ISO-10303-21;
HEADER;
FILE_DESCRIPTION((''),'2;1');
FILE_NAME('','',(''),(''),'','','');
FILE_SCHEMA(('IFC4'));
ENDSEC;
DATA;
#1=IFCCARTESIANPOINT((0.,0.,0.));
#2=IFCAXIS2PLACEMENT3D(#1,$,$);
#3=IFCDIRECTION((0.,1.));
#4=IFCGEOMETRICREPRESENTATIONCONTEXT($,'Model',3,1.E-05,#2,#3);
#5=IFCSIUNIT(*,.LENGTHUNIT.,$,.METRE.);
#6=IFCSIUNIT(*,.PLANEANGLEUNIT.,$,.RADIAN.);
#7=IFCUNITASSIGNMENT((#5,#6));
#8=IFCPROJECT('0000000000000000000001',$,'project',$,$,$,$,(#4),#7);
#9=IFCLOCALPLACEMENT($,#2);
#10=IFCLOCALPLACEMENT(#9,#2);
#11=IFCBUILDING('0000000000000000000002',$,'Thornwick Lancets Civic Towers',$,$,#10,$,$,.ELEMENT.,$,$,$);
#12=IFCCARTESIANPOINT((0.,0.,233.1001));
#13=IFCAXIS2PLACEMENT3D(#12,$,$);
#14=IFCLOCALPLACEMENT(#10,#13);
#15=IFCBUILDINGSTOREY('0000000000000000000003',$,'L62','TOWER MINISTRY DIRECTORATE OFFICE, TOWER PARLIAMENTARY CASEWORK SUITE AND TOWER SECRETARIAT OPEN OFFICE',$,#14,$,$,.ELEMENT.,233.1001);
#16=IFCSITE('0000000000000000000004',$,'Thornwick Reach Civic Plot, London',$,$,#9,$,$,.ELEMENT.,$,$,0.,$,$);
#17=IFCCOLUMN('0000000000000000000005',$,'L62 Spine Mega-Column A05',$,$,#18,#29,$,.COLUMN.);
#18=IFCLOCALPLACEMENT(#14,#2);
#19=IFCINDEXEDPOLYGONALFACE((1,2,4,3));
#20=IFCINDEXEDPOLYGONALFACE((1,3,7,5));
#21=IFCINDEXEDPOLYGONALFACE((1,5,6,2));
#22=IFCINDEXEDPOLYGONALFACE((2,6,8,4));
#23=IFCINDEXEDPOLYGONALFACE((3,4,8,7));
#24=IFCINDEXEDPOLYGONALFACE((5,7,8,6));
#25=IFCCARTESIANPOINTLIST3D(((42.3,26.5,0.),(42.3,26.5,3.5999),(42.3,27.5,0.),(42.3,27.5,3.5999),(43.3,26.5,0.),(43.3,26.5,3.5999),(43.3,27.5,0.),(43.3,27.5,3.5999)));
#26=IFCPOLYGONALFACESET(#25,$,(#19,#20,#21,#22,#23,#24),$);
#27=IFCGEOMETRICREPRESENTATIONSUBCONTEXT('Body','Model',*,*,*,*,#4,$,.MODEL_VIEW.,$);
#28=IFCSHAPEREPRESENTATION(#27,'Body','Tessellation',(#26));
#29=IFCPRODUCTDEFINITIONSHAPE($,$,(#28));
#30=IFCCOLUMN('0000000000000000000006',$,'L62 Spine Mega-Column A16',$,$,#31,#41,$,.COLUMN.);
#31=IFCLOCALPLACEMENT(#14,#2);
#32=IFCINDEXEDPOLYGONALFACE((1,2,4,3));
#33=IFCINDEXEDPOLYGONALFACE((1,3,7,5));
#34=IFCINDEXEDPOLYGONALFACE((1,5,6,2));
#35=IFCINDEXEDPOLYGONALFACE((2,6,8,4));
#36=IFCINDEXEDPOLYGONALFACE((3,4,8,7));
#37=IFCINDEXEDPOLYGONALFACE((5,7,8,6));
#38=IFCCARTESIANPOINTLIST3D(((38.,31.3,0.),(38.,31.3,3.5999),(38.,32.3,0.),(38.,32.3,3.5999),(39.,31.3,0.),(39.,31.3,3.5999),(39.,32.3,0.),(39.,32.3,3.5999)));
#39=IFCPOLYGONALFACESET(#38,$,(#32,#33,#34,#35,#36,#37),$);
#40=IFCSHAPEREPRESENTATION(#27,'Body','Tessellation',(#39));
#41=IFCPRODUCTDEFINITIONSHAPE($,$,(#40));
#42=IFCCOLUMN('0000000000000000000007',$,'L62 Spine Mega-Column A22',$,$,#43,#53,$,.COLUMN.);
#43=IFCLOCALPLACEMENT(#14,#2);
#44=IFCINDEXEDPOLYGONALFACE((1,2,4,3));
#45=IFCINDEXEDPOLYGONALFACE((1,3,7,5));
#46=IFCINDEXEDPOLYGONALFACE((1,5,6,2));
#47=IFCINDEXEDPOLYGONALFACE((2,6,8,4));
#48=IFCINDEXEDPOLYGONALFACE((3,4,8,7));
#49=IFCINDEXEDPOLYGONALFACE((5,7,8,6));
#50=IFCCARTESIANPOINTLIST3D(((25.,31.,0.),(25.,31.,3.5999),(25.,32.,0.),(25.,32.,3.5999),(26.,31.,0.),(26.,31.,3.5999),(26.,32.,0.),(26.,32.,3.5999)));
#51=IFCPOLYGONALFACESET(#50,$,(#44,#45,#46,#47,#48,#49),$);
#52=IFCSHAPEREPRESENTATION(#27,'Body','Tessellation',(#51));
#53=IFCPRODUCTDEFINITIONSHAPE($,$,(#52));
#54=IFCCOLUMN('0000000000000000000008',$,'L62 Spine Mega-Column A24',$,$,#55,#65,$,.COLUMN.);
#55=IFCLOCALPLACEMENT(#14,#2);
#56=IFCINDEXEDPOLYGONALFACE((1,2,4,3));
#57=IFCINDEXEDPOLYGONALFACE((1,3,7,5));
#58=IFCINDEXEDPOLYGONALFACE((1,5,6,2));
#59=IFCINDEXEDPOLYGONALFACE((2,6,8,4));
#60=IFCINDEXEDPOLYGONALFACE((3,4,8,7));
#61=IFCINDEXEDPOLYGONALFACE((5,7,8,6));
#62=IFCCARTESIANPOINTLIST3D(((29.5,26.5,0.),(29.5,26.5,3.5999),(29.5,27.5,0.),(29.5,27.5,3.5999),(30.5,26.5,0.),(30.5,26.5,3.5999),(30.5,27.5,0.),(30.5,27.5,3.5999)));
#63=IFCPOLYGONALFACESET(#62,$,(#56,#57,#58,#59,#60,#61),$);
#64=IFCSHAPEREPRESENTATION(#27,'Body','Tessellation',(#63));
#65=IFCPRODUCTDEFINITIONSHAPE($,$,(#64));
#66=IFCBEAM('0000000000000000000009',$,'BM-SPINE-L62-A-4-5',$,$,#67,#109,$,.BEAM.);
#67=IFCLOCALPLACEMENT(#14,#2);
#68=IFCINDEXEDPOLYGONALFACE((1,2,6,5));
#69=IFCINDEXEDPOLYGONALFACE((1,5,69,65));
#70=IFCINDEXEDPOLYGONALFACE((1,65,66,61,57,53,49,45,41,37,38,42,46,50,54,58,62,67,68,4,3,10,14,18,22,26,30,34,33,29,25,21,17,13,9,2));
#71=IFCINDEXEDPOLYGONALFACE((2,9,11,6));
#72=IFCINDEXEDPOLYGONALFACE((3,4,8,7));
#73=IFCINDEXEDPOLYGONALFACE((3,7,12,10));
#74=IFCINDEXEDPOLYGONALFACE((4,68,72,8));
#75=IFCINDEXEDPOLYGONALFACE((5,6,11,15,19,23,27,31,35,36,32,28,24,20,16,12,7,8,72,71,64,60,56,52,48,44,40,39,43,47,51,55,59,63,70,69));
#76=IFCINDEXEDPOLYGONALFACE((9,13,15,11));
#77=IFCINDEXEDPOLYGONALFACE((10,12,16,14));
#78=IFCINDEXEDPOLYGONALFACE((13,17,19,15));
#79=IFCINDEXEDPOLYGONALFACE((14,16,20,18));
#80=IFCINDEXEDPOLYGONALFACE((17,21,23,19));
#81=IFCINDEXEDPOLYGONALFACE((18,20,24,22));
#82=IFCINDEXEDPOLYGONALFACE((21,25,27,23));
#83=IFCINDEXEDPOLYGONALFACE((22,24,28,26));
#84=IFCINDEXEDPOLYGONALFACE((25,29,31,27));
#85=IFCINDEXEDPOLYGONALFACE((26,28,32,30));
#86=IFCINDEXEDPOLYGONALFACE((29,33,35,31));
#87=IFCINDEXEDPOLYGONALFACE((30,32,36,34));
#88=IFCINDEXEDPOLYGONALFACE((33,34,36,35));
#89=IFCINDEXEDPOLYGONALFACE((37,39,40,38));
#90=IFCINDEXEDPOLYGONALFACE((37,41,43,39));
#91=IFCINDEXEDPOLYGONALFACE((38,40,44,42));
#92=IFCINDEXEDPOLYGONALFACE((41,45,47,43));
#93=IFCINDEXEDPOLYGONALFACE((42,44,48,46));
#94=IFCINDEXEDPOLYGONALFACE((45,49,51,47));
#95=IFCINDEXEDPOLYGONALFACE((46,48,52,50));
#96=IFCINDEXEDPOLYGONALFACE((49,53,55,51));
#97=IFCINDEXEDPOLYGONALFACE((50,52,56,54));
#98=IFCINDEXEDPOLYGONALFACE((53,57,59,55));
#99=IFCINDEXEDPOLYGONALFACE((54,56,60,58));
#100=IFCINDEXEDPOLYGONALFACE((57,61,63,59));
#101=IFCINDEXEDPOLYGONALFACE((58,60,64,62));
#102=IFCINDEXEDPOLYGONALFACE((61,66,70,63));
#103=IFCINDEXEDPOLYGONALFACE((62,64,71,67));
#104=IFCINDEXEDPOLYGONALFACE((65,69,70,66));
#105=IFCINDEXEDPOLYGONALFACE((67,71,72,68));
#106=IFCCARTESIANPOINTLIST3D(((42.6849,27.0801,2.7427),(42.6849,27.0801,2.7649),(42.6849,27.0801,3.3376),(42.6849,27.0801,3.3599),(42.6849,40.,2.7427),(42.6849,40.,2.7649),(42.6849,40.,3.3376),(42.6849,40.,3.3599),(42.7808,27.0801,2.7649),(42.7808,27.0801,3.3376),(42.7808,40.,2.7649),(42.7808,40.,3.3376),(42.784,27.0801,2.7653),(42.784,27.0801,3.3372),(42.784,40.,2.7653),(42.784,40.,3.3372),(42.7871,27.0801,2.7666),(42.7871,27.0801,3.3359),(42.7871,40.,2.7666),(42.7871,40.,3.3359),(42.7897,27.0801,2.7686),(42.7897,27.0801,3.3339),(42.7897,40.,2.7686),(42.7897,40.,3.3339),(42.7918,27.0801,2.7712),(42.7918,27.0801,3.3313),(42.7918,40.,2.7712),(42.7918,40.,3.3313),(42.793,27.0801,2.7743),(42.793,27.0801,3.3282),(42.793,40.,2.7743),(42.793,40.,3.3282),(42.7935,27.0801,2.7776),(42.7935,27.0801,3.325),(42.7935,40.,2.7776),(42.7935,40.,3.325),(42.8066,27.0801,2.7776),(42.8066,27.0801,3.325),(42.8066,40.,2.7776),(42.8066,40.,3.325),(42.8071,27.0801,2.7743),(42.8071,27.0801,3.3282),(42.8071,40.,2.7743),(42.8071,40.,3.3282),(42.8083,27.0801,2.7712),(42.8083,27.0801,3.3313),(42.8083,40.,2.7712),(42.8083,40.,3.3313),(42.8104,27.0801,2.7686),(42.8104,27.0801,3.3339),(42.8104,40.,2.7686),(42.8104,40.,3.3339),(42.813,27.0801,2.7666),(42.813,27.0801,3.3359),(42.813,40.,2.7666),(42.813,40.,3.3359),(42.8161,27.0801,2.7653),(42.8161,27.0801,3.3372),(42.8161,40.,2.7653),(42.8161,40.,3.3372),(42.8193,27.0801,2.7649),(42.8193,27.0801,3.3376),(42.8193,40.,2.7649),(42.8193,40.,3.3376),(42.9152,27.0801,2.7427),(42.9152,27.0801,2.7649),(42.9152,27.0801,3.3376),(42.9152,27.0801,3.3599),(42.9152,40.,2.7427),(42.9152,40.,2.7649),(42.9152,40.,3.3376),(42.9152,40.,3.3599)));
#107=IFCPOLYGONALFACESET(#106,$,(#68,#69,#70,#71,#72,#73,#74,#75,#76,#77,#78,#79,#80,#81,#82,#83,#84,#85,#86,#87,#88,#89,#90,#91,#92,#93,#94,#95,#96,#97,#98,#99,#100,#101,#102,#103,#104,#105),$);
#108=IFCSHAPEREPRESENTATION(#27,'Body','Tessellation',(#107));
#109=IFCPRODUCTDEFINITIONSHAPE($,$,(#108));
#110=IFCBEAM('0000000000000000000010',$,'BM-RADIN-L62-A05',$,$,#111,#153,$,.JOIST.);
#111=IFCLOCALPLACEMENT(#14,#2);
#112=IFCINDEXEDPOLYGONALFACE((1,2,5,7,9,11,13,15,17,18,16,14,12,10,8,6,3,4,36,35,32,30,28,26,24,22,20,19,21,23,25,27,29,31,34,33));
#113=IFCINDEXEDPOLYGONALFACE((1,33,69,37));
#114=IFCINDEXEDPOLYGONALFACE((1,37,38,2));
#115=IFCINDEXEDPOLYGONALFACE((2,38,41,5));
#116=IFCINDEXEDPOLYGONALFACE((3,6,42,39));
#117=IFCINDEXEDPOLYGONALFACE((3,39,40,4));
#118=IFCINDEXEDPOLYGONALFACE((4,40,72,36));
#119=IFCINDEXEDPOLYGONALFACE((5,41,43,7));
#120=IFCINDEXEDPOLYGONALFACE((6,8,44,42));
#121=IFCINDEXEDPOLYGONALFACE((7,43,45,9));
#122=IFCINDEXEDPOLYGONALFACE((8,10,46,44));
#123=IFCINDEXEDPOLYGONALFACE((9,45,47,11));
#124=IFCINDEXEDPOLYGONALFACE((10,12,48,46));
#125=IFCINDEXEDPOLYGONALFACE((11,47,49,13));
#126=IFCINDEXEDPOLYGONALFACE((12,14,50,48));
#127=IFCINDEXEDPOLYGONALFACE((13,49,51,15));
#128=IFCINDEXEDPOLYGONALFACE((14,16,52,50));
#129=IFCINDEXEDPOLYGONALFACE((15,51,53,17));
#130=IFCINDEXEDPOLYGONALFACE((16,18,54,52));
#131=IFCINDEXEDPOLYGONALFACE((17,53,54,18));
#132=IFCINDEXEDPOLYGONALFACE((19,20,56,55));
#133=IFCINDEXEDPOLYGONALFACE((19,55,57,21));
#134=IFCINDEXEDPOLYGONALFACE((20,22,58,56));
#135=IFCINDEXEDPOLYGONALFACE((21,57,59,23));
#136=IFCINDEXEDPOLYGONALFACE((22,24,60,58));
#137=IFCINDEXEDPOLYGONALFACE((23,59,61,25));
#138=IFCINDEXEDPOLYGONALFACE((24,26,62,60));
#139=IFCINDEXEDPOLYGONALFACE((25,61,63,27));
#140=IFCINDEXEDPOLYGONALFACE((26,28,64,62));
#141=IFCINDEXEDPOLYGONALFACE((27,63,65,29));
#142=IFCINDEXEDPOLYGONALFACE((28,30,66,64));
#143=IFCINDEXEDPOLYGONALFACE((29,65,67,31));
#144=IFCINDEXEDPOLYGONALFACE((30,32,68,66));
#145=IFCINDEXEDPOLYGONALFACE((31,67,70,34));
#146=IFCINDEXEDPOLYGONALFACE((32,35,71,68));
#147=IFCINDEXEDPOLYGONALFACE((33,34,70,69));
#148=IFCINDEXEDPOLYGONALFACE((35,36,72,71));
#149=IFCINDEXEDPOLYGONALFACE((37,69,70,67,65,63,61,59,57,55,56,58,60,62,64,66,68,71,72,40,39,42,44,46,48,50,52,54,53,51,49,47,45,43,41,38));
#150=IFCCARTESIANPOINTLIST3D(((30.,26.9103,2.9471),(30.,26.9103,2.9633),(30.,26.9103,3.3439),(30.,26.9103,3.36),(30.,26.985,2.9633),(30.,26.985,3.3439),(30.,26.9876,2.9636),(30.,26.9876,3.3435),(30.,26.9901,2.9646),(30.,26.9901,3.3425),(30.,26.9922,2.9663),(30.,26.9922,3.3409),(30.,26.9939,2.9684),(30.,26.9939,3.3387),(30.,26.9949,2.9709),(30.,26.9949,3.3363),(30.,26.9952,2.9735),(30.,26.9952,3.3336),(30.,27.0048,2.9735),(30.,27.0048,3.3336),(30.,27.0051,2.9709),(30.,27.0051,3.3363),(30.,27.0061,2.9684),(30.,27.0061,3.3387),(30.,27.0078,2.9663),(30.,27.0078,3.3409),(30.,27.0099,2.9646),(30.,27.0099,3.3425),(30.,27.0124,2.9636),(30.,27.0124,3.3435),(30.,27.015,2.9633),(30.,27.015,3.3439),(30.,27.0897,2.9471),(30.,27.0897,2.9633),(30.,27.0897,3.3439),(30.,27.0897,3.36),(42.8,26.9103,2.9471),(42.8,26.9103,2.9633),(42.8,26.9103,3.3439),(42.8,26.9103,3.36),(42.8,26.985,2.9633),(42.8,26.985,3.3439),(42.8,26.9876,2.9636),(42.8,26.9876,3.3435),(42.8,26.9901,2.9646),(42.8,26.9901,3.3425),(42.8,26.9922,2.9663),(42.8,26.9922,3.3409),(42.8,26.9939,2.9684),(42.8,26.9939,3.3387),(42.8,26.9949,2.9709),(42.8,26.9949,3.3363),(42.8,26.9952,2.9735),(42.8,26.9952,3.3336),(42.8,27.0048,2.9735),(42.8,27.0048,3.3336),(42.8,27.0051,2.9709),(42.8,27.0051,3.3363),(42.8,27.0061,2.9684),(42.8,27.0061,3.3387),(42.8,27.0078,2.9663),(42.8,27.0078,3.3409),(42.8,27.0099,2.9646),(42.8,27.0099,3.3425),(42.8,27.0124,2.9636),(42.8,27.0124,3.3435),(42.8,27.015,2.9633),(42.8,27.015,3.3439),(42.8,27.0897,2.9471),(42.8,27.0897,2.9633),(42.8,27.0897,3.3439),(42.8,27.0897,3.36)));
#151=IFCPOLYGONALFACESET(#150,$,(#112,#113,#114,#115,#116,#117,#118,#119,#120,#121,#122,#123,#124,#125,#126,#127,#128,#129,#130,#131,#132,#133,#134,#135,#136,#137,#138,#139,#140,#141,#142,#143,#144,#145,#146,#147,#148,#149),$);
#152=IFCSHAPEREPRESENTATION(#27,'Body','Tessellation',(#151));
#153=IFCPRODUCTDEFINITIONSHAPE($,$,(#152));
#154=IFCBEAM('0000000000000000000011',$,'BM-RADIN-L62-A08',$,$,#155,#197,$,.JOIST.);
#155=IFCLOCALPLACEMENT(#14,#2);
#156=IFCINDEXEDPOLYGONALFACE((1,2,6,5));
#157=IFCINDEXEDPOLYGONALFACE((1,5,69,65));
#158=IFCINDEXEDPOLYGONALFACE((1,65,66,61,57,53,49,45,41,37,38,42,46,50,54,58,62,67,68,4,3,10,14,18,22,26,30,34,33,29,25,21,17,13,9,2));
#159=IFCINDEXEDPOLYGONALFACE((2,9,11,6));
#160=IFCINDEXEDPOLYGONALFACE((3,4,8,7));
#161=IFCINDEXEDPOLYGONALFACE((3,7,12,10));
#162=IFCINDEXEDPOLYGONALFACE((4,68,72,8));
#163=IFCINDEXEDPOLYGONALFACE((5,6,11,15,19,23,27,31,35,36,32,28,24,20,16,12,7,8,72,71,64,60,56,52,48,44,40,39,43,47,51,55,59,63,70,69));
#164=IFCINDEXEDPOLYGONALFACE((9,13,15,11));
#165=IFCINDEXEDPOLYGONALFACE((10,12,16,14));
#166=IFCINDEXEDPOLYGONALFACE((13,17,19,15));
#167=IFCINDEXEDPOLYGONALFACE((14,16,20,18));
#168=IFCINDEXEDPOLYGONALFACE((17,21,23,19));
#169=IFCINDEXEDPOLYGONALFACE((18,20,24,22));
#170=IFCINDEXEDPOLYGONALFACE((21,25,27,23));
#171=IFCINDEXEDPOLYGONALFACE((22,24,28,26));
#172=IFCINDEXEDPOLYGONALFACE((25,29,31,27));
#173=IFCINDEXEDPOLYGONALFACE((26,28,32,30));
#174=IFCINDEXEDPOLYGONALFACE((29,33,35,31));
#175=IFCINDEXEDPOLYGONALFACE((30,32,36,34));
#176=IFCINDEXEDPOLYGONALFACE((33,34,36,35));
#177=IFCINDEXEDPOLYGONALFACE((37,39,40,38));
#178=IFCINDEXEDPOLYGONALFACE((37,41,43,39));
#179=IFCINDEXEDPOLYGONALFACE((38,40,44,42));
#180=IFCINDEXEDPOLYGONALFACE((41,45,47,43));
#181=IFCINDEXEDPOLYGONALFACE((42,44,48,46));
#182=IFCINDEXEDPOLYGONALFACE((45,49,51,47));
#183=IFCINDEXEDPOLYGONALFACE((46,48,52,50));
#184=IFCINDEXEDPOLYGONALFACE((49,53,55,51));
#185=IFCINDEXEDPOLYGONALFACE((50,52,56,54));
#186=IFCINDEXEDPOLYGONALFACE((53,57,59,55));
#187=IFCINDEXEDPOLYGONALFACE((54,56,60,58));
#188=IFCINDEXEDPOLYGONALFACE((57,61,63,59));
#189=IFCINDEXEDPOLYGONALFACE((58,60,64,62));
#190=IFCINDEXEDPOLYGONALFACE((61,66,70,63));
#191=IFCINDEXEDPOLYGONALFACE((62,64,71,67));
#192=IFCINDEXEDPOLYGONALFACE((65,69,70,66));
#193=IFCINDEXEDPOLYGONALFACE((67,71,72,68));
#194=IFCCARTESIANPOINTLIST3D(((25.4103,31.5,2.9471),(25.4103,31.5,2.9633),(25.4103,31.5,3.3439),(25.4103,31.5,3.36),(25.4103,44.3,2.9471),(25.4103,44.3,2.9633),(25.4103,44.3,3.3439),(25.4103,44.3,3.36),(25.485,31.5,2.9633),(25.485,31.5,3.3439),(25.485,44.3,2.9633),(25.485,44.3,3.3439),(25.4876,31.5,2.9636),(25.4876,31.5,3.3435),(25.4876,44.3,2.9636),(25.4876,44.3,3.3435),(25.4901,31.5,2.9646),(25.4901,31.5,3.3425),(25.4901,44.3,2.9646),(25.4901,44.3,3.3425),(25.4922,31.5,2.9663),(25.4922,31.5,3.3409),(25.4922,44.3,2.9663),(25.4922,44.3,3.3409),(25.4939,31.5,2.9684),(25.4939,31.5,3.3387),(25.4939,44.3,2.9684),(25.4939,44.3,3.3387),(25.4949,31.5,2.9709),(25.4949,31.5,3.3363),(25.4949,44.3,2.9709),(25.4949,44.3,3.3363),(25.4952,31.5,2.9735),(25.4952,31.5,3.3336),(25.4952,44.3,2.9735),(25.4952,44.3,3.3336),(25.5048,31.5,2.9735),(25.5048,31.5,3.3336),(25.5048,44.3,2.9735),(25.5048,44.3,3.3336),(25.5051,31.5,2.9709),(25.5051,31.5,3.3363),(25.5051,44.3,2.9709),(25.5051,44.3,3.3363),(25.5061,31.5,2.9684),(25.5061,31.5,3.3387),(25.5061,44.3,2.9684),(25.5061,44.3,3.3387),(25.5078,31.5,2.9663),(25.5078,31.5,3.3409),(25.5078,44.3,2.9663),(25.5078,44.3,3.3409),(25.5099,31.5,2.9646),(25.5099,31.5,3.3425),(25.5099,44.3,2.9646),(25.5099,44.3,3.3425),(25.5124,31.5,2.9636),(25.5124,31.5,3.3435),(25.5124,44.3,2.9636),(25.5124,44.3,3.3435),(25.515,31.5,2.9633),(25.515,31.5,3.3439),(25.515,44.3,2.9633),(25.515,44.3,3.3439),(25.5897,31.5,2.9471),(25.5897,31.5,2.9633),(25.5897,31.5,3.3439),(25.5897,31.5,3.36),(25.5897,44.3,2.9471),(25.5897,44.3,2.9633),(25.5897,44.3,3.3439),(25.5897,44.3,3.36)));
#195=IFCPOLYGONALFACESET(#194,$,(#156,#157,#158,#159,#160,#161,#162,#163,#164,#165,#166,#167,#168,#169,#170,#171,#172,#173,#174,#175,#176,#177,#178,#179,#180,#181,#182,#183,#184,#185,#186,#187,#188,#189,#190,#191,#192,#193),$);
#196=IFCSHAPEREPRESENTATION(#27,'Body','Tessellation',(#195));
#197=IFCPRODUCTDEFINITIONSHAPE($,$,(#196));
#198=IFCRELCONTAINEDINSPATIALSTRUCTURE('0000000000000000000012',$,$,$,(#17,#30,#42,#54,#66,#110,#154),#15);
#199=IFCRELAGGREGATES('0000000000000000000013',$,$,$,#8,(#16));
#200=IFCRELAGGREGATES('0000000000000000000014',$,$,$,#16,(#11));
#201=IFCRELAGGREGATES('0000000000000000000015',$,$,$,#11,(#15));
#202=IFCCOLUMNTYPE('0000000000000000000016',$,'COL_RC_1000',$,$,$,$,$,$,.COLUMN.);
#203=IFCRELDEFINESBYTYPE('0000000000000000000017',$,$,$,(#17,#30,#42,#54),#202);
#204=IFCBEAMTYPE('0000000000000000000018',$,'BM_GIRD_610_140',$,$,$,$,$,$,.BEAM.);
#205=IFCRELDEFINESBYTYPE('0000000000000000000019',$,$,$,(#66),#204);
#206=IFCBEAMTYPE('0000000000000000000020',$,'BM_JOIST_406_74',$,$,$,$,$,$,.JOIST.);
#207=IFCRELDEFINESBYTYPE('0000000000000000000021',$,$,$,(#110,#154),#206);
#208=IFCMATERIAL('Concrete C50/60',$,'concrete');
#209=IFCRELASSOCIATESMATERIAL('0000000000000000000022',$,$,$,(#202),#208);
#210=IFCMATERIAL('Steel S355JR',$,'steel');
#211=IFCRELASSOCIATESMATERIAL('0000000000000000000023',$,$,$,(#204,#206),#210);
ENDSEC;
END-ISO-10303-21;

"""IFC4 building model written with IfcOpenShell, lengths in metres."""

from ifc_helpers import new_model, si_unit, direction, frame, origin, origin_2d, place, context, subcontext, project, spatial, rectangle, i_section, extrude, material, material_profile, profile_set, type_object, element, save


model = new_model("IFC4")

# Units and contexts
model_context = context("Model", 3, precision=1e-05, world=origin(), true_north=direction((0.0, 1.0)))
body_context = subcontext(model_context, "Body", "Model", "MODEL_VIEW")
ifc_project = project(units=[si_unit("LENGTHUNIT", "METRE"), si_unit("PLANEANGLEUNIT", "RADIAN")], contexts=[model_context])

# Site, building, storey
site_placement = place(None, origin())
site = spatial("IfcSite", under=ifc_project, at=site_placement, Name="Thornwick Reach Civic Plot, London", CompositionType="ELEMENT", RefElevation=0.0)
building_placement = place(site_placement, origin())
building = spatial("IfcBuilding", under=site, at=building_placement, Name="Thornwick Lancets Civic Towers", CompositionType="ELEMENT")
storey_placement = place(building_placement, frame((0.0, 0.0, 233.1001)))
storey = spatial("IfcBuildingStorey", under=building, at=storey_placement, Name="L62", Description="TOWER MINISTRY DIRECTORATE OFFICE, TOWER PARLIAMENTARY CASEWORK SUITE AND TOWER SECRETARIAT OPEN OFFICE", CompositionType="ELEMENT", Elevation=233.1001)

# Columns
ifc_material_1 = material(Name="Concrete C50/60", Category="concrete")
ifc_material_profile_1 = material_profile(ifc_material_1, rectangle(XDim=1.0, YDim=1.0, at=origin_2d()), Name="RC 1000x1000")
ifc_profile_set_1 = profile_set([ifc_material_profile_1], Name="Concrete C50/60")
column_type = type_object("IfcColumnType", Name="COL_RC_1000", PredefinedType="COLUMN", material=ifc_profile_set_1)
for number, where, z_axis, x_axis, name in (
    (1, (42.8, 27.0, 0.0), (0.0, 0.0, 1.0), (1.0, 0.0, 0.0), "L62 Spine Mega-Column A05"),
    (2, (38.5, 31.8, 0.0), (0.0, 0.0, 1.0), (1.0, 0.0, 0.0), "L62 Spine Mega-Column A16"),
    (3, (25.5, 31.5, 0.0), (0.0, 0.0, 1.0), (1.0, 0.0, 0.0), "L62 Spine Mega-Column A22"),
    (4, (30.0, 27.0, 0.0), (0.0, 0.0, 1.0), (1.0, 0.0, 0.0), "L62 Spine Mega-Column A24"),
):
    element("IfcColumn", number, at=place(storey_placement, frame(where, z_axis=z_axis, x_axis=x_axis)), inside=storey, type_object=column_type, Name=name, PredefinedType="COLUMN", context=body_context, shape_type="SweptSolid", body=[
        extrude(rectangle(XDim=1.0, YDim=1.0, at=origin_2d()), origin(), (0.0, 0.0, 1.0), 3.5999),
    ])

# Beams
ifc_material_2 = material(Name="Steel S355JR", Category="steel")
ifc_material_profile_2 = material_profile(ifc_material_2, i_section(OverallWidth=0.2302, OverallDepth=0.6172, WebThickness=0.0132, FlangeThickness=0.0222, FilletRadius=0.0127, at=origin_2d()), Name="UKB 610x229x140")
ifc_profile_set_2 = profile_set([ifc_material_profile_2], Name="Steel S355JR")
beam_type_1 = type_object("IfcBeamType", Name="BM_GIRD_610_140", PredefinedType="BEAM", material=ifc_profile_set_2)
beam_1_placement = place(storey_placement, frame((42.8, 27.0801, 3.0513), z_axis=(0.0, 1.0, 0.0), x_axis=(-1.0, 0.0, 0.0)))
element("IfcBeam", 5, at=beam_1_placement, inside=storey, type_object=beam_type_1, Name="BM-SPINE-L62-A-4-5", PredefinedType="BEAM", context=body_context, shape_type="SweptSolid", body=[
    extrude(i_section(OverallWidth=0.2302, OverallDepth=0.6172, WebThickness=0.0132, FlangeThickness=0.0222, FilletRadius=0.0127, at=origin_2d()), origin(), (0.0, 0.0, 1.0), 12.9199),
])
ifc_material_profile_3 = material_profile(ifc_material_2, i_section(OverallWidth=0.1794, OverallDepth=0.4128, WebThickness=0.0095, FlangeThickness=0.0161, FilletRadius=0.0103, at=origin_2d()), Name="UKB 406x178x74")
ifc_profile_set_3 = profile_set([ifc_material_profile_3], Name="Steel S355JR")
beam_type_2 = type_object("IfcBeamType", Name="BM_JOIST_406_74", PredefinedType="JOIST", material=ifc_profile_set_3)
for number, where, z_axis, x_axis, name in (
    (6, (30.0, 27.0, 3.1536), (1.0, 0.0, 0.0), (0.0, 1.0, 0.0), "BM-RADIN-L62-A05"),
    (7, (25.5, 31.5, 3.1536), (0.0, 1.0, 0.0), (-1.0, 0.0, 0.0), "BM-RADIN-L62-A08"),
):
    element("IfcBeam", number, at=place(storey_placement, frame(where, z_axis=z_axis, x_axis=x_axis)), inside=storey, type_object=beam_type_2, Name=name, PredefinedType="JOIST", context=body_context, shape_type="SweptSolid", body=[
        extrude(i_section(OverallWidth=0.1794, OverallDepth=0.4128, WebThickness=0.0095, FlangeThickness=0.0161, FilletRadius=0.0103, at=origin_2d()), origin(), (0.0, 0.0, 1.0), 12.8),
    ])

save(model, "model.ifc")
